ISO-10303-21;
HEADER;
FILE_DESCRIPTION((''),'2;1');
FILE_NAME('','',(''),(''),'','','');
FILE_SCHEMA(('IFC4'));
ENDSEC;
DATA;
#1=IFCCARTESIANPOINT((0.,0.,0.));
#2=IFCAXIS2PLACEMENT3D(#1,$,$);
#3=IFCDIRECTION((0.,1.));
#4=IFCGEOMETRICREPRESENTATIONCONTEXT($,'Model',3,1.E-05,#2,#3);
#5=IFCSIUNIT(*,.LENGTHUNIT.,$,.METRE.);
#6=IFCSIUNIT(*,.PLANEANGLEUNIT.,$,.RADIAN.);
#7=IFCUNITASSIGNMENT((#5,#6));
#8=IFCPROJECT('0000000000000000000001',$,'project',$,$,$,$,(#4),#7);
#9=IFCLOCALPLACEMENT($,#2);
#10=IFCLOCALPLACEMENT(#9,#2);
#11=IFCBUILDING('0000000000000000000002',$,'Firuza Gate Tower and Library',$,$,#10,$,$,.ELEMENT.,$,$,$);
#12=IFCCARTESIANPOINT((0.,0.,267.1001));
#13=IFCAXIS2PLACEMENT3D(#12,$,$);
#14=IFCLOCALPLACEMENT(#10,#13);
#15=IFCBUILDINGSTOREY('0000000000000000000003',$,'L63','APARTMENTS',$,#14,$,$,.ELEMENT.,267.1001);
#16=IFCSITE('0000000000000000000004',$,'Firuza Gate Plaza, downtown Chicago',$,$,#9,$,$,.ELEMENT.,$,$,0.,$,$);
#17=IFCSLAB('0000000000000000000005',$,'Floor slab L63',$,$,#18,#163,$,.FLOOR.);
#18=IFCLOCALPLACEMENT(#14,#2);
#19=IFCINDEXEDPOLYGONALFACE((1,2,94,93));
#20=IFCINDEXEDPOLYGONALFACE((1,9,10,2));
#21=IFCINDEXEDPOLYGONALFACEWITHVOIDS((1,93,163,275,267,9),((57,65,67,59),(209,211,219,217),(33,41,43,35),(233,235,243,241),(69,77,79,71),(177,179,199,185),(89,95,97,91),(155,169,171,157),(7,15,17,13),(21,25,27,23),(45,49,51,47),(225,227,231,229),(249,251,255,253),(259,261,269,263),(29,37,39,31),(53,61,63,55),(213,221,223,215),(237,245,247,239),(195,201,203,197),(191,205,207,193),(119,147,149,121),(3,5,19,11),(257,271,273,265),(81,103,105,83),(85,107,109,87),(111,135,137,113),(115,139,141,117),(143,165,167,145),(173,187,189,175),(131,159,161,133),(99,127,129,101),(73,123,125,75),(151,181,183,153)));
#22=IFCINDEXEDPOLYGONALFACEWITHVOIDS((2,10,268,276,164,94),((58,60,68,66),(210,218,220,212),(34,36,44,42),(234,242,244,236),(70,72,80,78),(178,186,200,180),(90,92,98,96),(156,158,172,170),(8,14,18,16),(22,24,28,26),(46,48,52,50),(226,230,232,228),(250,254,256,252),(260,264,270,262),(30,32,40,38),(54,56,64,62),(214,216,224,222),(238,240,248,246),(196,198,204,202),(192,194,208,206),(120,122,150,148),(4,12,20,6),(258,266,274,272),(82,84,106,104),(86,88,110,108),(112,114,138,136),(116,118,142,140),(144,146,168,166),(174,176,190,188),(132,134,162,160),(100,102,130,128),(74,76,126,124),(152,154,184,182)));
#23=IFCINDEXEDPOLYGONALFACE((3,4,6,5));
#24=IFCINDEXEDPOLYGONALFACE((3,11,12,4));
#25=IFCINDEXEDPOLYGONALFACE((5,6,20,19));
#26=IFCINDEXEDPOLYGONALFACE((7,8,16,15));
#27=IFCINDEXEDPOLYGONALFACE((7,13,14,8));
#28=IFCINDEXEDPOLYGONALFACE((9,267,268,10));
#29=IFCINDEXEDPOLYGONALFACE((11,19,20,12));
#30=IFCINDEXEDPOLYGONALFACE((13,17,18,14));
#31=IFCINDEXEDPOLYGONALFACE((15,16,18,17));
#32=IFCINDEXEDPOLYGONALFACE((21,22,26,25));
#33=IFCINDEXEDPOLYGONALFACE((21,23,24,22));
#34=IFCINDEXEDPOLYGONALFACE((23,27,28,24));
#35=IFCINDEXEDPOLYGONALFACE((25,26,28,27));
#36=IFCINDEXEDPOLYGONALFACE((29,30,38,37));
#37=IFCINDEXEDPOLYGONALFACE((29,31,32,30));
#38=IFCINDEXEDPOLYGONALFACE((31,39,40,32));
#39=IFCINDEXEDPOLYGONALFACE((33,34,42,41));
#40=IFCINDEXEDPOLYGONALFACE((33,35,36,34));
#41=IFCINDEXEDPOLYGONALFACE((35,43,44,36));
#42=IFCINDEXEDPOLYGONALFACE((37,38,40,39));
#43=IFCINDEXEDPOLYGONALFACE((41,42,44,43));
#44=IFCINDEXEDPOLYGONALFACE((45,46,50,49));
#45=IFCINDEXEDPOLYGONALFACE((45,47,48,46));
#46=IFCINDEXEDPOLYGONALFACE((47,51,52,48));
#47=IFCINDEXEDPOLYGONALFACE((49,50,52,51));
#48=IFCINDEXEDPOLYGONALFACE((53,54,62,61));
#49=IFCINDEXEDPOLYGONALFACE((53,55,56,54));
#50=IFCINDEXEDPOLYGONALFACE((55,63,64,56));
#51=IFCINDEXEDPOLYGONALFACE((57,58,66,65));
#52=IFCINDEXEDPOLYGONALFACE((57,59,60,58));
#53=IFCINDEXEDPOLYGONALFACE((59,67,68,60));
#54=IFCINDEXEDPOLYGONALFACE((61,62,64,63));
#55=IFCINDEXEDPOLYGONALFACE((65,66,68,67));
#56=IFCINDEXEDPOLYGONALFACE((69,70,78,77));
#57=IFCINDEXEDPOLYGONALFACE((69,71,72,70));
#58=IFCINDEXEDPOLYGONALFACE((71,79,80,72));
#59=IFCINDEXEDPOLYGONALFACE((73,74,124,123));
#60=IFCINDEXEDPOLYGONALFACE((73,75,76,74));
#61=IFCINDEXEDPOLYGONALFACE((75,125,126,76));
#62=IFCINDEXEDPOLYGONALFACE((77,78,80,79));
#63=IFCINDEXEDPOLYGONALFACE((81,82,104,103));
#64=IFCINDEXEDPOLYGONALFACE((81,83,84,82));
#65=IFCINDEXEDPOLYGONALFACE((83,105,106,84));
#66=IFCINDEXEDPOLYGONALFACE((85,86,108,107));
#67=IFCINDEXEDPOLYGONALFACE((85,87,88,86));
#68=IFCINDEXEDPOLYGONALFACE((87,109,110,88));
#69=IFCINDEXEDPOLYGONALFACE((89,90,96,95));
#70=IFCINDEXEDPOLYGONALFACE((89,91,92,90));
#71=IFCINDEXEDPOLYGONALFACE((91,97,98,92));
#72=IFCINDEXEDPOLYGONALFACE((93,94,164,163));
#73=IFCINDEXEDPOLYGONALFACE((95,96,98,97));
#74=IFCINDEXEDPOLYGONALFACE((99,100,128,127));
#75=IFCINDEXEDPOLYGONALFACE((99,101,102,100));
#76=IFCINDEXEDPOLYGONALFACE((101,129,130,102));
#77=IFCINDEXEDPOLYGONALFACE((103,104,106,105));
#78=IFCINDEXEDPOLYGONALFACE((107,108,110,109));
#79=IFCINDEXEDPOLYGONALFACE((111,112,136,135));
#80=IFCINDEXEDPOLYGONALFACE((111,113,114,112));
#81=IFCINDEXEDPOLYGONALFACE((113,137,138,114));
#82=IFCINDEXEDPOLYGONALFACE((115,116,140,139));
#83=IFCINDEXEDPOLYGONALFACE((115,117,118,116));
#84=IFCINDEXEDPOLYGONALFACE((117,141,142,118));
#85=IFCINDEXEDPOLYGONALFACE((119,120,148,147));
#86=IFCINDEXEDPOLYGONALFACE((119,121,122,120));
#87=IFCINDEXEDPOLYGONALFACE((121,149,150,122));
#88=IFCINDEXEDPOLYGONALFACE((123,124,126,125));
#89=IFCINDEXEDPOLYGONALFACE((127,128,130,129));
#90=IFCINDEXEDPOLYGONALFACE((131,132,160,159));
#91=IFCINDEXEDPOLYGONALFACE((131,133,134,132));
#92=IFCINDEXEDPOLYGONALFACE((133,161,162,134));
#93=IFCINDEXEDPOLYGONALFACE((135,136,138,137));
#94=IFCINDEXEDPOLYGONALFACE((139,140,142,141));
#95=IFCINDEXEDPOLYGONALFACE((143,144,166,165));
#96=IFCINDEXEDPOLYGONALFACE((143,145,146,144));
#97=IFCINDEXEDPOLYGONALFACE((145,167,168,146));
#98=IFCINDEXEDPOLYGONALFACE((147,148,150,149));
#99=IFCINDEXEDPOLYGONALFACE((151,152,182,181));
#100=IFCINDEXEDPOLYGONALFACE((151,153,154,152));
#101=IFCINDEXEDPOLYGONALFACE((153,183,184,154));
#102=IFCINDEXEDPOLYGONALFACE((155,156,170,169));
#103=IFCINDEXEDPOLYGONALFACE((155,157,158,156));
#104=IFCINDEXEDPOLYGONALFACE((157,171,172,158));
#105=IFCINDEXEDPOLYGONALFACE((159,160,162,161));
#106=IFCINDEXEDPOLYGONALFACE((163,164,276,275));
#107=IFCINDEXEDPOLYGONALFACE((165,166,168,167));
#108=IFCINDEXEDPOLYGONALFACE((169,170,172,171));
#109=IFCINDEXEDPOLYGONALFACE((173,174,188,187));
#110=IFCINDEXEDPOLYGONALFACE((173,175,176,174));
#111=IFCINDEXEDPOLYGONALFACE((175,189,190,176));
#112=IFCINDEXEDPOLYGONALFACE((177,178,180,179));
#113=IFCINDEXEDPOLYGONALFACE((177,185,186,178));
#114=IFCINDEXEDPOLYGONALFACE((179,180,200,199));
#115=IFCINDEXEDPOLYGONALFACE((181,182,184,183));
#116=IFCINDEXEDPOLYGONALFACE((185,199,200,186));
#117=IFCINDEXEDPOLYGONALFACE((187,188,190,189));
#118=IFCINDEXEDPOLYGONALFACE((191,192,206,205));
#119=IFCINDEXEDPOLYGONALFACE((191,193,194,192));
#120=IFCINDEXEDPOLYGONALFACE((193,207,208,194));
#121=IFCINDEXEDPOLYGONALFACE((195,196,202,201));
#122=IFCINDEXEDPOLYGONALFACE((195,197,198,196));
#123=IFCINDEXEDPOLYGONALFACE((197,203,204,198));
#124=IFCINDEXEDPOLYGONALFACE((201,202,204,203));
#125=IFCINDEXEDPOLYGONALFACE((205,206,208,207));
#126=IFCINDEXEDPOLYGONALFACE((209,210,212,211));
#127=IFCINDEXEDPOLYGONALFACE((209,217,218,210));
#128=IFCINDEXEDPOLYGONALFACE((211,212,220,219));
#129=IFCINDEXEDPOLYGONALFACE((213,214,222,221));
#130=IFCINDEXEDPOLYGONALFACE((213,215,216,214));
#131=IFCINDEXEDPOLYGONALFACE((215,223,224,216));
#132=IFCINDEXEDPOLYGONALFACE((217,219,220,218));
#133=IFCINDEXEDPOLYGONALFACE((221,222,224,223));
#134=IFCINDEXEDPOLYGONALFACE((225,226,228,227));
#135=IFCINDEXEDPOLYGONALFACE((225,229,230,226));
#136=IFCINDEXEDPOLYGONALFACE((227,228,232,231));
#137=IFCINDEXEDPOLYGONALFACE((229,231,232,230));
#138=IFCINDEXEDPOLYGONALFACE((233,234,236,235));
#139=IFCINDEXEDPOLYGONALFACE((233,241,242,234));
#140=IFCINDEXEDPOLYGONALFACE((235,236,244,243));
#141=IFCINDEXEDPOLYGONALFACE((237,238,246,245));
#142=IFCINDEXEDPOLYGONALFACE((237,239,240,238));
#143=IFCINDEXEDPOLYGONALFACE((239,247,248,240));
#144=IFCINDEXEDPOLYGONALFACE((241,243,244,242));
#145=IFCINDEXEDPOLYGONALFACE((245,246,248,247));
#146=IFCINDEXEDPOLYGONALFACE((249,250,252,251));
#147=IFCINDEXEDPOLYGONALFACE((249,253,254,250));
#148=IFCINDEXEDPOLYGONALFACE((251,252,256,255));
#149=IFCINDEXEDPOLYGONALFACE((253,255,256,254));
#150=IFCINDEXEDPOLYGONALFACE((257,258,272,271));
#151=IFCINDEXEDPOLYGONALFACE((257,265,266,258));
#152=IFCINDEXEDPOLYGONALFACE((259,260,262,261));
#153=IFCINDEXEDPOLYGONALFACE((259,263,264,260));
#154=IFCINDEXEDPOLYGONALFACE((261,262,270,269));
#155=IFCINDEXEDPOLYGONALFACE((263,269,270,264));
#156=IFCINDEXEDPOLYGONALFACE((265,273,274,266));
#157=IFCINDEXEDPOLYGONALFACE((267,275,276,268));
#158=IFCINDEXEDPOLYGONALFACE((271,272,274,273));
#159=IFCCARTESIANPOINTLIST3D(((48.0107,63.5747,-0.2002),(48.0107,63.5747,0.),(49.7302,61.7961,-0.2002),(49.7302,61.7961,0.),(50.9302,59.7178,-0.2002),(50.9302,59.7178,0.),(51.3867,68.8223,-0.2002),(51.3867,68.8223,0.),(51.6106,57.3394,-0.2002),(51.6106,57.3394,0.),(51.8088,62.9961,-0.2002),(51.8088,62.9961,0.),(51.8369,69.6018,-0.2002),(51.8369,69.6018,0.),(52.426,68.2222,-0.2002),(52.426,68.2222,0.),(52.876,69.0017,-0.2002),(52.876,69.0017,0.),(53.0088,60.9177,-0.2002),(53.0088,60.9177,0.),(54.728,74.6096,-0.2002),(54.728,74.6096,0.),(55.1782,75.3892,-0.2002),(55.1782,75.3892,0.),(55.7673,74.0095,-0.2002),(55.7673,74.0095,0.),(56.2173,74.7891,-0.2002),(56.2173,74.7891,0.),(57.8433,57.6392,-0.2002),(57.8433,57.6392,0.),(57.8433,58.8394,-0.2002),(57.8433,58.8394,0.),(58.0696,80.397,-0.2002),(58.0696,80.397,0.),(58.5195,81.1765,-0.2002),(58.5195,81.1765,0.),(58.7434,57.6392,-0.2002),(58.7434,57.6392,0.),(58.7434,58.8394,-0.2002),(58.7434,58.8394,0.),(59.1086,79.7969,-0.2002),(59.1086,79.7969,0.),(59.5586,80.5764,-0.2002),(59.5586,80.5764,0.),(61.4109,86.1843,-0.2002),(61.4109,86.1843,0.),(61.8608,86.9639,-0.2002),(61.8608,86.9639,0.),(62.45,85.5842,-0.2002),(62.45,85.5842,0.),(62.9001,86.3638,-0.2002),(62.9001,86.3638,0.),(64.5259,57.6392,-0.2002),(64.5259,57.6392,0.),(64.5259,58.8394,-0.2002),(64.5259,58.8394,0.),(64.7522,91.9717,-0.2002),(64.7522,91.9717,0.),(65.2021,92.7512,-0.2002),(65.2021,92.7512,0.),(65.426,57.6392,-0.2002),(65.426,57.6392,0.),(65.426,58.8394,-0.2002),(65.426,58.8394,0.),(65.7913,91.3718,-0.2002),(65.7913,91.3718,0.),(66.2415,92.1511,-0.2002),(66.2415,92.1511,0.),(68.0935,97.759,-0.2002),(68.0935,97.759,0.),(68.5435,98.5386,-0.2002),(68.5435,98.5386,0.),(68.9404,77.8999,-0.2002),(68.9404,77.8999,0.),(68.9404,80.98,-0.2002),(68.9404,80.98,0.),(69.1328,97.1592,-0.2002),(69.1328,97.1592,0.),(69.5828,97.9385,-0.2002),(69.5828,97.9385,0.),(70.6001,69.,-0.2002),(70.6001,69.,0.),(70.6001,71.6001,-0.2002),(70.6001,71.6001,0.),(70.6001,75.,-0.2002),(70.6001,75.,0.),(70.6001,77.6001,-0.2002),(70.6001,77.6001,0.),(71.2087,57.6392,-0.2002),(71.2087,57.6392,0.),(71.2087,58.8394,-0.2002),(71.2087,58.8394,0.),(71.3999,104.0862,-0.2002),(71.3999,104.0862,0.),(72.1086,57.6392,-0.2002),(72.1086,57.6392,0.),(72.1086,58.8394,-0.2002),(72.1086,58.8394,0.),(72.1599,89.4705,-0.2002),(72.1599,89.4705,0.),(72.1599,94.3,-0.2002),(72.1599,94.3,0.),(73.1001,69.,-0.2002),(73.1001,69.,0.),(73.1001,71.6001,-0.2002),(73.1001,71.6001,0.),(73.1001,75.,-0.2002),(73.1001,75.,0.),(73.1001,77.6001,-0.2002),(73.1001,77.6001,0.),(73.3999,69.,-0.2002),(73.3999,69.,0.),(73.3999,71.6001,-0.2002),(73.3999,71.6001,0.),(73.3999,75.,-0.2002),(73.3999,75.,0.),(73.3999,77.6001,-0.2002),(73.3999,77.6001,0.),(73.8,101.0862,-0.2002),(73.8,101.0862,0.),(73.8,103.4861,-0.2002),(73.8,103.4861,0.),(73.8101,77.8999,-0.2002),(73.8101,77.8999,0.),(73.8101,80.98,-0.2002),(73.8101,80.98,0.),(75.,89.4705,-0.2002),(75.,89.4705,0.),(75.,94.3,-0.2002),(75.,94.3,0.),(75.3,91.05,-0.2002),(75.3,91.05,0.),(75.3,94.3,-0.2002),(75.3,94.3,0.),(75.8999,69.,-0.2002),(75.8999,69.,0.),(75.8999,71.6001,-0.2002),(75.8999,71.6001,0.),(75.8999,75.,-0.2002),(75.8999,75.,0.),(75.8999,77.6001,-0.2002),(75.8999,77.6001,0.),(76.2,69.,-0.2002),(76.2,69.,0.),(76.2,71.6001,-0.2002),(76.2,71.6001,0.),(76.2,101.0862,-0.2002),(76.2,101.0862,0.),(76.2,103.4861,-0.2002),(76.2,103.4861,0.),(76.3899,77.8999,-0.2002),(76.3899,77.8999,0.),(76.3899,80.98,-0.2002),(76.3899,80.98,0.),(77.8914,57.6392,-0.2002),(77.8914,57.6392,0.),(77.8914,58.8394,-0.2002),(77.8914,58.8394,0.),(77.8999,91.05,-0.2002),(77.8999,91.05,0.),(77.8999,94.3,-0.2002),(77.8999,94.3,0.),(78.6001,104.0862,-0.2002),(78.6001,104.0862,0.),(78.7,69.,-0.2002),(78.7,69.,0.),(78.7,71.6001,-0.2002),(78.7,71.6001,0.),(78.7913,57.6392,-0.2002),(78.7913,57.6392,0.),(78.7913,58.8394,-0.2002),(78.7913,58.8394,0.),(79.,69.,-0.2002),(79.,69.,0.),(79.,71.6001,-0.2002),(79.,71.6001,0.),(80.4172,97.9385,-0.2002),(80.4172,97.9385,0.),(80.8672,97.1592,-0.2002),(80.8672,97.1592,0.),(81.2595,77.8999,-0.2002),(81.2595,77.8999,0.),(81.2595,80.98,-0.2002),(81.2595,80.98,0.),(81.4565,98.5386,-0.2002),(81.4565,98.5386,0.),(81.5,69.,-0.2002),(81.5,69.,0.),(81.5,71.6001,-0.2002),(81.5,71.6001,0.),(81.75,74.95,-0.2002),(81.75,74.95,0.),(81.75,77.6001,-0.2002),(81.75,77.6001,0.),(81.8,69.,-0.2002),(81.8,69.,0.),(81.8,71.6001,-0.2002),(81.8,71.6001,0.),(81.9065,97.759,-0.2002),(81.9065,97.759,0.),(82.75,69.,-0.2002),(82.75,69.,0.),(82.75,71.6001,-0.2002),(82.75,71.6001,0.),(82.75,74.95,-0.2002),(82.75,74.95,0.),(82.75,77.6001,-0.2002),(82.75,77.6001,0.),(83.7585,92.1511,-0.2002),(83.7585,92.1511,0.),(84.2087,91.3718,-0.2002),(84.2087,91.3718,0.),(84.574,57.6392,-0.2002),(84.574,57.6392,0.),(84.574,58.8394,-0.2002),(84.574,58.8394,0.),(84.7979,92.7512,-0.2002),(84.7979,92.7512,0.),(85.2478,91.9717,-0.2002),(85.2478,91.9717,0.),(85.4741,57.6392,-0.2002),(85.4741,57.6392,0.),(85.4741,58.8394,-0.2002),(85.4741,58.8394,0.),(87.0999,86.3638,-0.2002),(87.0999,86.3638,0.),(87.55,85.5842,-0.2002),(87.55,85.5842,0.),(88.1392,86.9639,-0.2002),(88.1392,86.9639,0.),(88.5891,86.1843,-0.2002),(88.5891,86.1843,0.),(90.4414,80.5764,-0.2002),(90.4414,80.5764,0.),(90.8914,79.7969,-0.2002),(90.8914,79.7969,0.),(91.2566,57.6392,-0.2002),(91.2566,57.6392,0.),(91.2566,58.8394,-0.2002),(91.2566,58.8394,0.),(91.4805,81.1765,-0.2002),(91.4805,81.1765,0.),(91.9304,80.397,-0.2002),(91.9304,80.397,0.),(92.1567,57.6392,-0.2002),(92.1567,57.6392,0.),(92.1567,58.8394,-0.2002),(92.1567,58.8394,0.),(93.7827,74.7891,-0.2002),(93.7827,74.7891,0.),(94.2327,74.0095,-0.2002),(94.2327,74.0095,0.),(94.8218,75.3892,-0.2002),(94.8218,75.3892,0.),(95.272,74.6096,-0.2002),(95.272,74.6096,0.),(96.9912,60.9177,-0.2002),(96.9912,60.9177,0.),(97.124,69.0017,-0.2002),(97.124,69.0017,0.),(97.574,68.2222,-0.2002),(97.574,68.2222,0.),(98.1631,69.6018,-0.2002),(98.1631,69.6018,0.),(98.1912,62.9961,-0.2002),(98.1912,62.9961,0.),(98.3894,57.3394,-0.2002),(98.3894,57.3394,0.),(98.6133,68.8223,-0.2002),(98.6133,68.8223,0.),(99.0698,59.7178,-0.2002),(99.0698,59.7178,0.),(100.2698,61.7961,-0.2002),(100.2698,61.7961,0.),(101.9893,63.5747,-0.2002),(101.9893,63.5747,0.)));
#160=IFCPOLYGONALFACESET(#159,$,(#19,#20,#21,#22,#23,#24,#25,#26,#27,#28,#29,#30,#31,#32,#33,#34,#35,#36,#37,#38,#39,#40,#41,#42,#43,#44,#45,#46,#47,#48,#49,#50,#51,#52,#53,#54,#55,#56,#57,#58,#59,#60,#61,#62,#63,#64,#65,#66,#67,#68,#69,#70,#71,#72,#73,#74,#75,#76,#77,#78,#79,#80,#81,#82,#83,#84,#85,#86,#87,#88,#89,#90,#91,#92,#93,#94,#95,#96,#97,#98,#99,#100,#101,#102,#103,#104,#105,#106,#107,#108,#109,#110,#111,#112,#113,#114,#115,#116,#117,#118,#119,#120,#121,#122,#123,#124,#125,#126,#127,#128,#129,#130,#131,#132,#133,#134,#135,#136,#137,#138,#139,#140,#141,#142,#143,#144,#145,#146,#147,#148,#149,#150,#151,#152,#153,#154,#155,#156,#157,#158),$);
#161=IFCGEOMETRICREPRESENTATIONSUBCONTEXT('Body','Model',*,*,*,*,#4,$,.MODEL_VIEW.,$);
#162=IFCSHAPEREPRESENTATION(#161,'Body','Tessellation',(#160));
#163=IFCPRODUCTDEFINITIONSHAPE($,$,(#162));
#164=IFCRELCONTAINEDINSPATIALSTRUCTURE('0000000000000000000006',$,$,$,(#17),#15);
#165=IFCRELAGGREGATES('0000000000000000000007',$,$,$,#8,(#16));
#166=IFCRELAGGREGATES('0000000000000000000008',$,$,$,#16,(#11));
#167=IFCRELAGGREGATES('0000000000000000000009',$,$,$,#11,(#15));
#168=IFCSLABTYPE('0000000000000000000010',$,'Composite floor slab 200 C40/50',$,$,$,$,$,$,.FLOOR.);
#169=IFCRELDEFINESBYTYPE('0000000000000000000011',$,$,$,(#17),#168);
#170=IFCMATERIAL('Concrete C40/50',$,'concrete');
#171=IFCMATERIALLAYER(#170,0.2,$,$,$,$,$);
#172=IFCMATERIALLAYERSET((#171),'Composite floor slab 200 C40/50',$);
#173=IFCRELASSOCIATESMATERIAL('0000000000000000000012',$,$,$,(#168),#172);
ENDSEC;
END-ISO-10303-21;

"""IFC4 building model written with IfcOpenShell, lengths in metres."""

from ifc_helpers import new_model, si_unit, direction, frame, origin, place, context, subcontext, project, spatial, polyline, outline, extrude, material, layer, layer_set, type_object, element, save


model = new_model("IFC4")

# Units and contexts
model_context = context("Model", 3, precision=1e-05, world=origin(), true_north=direction((0.0, 1.0)))
body_context = subcontext(model_context, "Body", "Model", "MODEL_VIEW")
ifc_project = project(units=[si_unit("LENGTHUNIT", "METRE"), si_unit("PLANEANGLEUNIT", "RADIAN")], contexts=[model_context])

# Site, building, storey
site_placement = place(None, origin())
site = spatial("IfcSite", under=ifc_project, at=site_placement, Name="Firuza Gate Plaza, downtown Chicago", CompositionType="ELEMENT", RefElevation=0.0)
building_placement = place(site_placement, origin())
building = spatial("IfcBuilding", under=site, at=building_placement, Name="Firuza Gate Tower and Library", CompositionType="ELEMENT")
storey_placement = place(building_placement, frame((0.0, 0.0, 267.1001)))
storey = spatial("IfcBuildingStorey", under=building, at=storey_placement, Name="L63", Description="APARTMENTS", CompositionType="ELEMENT", Elevation=267.1001)

# Slab
ifc_material_1 = material(Name="Concrete C40/50", Category="concrete")
ifc_layer_1 = layer(ifc_material_1, 0.2)
ifc_layer_set_1 = layer_set([ifc_layer_1], Name="Composite floor slab 200 C40/50")
slab_type_1 = type_object("IfcSlabType", Name="Composite floor slab 200 C40/50", PredefinedType="FLOOR", material=ifc_layer_set_1)
placement_1 = place(storey_placement, frame((0.0, 0.0, -0.2002)))
element("IfcSlab", 1, at=placement_1, inside=storey, type_object=slab_type_1, Name="Floor slab L63", PredefinedType="FLOOR", context=body_context, shape_type="SweptSolid", body=[
    extrude(outline(polyline([(48.0107, 63.5747), (51.6106, 57.3394), (98.3894, 57.3394), (101.9893, 63.5747), (78.6001, 104.0862), (71.3999, 104.0862), (48.0107, 63.5747)]), holes=[polyline([(57.8433, 57.6392), (57.8433, 58.8394), (58.7434, 58.8394), (58.7434, 57.6392), (57.8433, 57.6392)]), polyline([(64.5259, 57.6392), (64.5259, 58.8394), (65.426, 58.8394), (65.426, 57.6392), (64.5259, 57.6392)]), polyline([(71.2087, 57.6392), (71.2087, 58.8394), (72.1086, 58.8394), (72.1086, 57.6392), (71.2087, 57.6392)]), polyline([(49.7302, 61.7961), (51.8088, 62.9961), (53.0088, 60.9177), (50.9302, 59.7178), (49.7302, 61.7961)]), polyline([(51.8369, 69.6018), (52.876, 69.0017), (52.426, 68.2222), (51.3867, 68.8223), (51.8369, 69.6018)]), polyline([(73.1001, 69.0), (70.6001, 69.0), (70.6001, 71.6001), (73.1001, 71.6001), (73.1001, 69.0)]), polyline([(75.8999, 69.0), (73.3999, 69.0), (73.3999, 71.6001), (75.8999, 71.6001), (75.8999, 69.0)]), polyline([(55.1782, 75.3892), (56.2173, 74.7891), (55.7673, 74.0095), (54.728, 74.6096), (55.1782, 75.3892)]), polyline([(73.1001, 75.0), (70.6001, 75.0), (70.6001, 77.6001), (73.1001, 77.6001), (73.1001, 75.0)]), polyline([(75.8999, 75.0), (73.3999, 75.0), (73.3999, 77.6001), (75.8999, 77.6001), (75.8999, 75.0)]), polyline([(68.9404, 77.8999), (68.9404, 80.98), (73.8101, 80.98), (73.8101, 77.8999), (68.9404, 77.8999)]), polyline([(58.5195, 81.1765), (59.5586, 80.5764), (59.1086, 79.7969), (58.0696, 80.397), (58.5195, 81.1765)]), polyline([(61.8608, 86.9639), (62.9001, 86.3638), (62.45, 85.5842), (61.4109, 86.1843), (61.8608, 86.9639)]), polyline([(72.1599, 89.4705), (72.1599, 94.3), (75.0, 94.3), (75.0, 89.4705), (72.1599, 89.4705)]), polyline([(65.2021, 92.7512), (66.2415, 92.1511), (65.7913, 91.3718), (64.7522, 91.9717), (65.2021, 92.7512)]), polyline([(68.5435, 98.5386), (69.5828, 97.9385), (69.1328, 97.1592), (68.0935, 97.759), (68.5435, 98.5386)]), polyline([(76.2, 103.4861), (76.2, 101.0862), (73.8, 101.0862), (73.8, 103.4861), (76.2, 103.4861)]), polyline([(77.8914, 57.6392), (77.8914, 58.8394), (78.7913, 58.8394), (78.7913, 57.6392), (77.8914, 57.6392)]), polyline([(84.574, 57.6392), (84.574, 58.8394), (85.4741, 58.8394), (85.4741, 57.6392), (84.574, 57.6392)]), polyline([(91.2566, 57.6392), (91.2566, 58.8394), (92.1567, 58.8394), (92.1567, 57.6392), (91.2566, 57.6392)]), polyline([(99.0698, 59.7178), (96.9912, 60.9177), (98.1912, 62.9961), (100.2698, 61.7961), (99.0698, 59.7178)]), polyline([(98.6133, 68.8223), (97.574, 68.2222), (97.124, 69.0017), (98.1631, 69.6018), (98.6133, 68.8223)]), polyline([(78.7, 69.0), (76.2, 69.0), (76.2, 71.6001), (78.7, 71.6001), (78.7, 69.0)]), polyline([(81.5, 69.0), (79.0, 69.0), (79.0, 71.6001), (81.5, 71.6001), (81.5, 69.0)]), polyline([(82.75, 69.0), (81.8, 69.0), (81.8, 71.6001), (82.75, 71.6001), (82.75, 69.0)]), polyline([(95.272, 74.6096), (94.2327, 74.0095), (93.7827, 74.7891), (94.8218, 75.3892), (95.272, 74.6096)]), polyline([(82.75, 74.95), (81.75, 74.95), (81.75, 77.6001), (82.75, 77.6001), (82.75, 74.95)]), polyline([(81.2595, 80.98), (81.2595, 77.8999), (76.3899, 77.8999), (76.3899, 80.98), (81.2595, 80.98)]), polyline([(91.9304, 80.397), (90.8914, 79.7969), (90.4414, 80.5764), (91.4805, 81.1765), (91.9304, 80.397)]), polyline([(88.5891, 86.1843), (87.55, 85.5842), (87.0999, 86.3638), (88.1392, 86.9639), (88.5891, 86.1843)]), polyline([(85.2478, 91.9717), (84.2087, 91.3718), (83.7585, 92.1511), (84.7979, 92.7512), (85.2478, 91.9717)]), polyline([(75.3, 91.05), (75.3, 94.3), (77.8999, 94.3), (77.8999, 91.05), (75.3, 91.05)]), polyline([(80.8672, 97.1592), (80.4172, 97.9385), (81.4565, 98.5386), (81.9065, 97.759), (80.8672, 97.1592)])]), origin(), (0.0, 0.0, 1.0), 0.2002),
])

save(model, "model.ifc")
